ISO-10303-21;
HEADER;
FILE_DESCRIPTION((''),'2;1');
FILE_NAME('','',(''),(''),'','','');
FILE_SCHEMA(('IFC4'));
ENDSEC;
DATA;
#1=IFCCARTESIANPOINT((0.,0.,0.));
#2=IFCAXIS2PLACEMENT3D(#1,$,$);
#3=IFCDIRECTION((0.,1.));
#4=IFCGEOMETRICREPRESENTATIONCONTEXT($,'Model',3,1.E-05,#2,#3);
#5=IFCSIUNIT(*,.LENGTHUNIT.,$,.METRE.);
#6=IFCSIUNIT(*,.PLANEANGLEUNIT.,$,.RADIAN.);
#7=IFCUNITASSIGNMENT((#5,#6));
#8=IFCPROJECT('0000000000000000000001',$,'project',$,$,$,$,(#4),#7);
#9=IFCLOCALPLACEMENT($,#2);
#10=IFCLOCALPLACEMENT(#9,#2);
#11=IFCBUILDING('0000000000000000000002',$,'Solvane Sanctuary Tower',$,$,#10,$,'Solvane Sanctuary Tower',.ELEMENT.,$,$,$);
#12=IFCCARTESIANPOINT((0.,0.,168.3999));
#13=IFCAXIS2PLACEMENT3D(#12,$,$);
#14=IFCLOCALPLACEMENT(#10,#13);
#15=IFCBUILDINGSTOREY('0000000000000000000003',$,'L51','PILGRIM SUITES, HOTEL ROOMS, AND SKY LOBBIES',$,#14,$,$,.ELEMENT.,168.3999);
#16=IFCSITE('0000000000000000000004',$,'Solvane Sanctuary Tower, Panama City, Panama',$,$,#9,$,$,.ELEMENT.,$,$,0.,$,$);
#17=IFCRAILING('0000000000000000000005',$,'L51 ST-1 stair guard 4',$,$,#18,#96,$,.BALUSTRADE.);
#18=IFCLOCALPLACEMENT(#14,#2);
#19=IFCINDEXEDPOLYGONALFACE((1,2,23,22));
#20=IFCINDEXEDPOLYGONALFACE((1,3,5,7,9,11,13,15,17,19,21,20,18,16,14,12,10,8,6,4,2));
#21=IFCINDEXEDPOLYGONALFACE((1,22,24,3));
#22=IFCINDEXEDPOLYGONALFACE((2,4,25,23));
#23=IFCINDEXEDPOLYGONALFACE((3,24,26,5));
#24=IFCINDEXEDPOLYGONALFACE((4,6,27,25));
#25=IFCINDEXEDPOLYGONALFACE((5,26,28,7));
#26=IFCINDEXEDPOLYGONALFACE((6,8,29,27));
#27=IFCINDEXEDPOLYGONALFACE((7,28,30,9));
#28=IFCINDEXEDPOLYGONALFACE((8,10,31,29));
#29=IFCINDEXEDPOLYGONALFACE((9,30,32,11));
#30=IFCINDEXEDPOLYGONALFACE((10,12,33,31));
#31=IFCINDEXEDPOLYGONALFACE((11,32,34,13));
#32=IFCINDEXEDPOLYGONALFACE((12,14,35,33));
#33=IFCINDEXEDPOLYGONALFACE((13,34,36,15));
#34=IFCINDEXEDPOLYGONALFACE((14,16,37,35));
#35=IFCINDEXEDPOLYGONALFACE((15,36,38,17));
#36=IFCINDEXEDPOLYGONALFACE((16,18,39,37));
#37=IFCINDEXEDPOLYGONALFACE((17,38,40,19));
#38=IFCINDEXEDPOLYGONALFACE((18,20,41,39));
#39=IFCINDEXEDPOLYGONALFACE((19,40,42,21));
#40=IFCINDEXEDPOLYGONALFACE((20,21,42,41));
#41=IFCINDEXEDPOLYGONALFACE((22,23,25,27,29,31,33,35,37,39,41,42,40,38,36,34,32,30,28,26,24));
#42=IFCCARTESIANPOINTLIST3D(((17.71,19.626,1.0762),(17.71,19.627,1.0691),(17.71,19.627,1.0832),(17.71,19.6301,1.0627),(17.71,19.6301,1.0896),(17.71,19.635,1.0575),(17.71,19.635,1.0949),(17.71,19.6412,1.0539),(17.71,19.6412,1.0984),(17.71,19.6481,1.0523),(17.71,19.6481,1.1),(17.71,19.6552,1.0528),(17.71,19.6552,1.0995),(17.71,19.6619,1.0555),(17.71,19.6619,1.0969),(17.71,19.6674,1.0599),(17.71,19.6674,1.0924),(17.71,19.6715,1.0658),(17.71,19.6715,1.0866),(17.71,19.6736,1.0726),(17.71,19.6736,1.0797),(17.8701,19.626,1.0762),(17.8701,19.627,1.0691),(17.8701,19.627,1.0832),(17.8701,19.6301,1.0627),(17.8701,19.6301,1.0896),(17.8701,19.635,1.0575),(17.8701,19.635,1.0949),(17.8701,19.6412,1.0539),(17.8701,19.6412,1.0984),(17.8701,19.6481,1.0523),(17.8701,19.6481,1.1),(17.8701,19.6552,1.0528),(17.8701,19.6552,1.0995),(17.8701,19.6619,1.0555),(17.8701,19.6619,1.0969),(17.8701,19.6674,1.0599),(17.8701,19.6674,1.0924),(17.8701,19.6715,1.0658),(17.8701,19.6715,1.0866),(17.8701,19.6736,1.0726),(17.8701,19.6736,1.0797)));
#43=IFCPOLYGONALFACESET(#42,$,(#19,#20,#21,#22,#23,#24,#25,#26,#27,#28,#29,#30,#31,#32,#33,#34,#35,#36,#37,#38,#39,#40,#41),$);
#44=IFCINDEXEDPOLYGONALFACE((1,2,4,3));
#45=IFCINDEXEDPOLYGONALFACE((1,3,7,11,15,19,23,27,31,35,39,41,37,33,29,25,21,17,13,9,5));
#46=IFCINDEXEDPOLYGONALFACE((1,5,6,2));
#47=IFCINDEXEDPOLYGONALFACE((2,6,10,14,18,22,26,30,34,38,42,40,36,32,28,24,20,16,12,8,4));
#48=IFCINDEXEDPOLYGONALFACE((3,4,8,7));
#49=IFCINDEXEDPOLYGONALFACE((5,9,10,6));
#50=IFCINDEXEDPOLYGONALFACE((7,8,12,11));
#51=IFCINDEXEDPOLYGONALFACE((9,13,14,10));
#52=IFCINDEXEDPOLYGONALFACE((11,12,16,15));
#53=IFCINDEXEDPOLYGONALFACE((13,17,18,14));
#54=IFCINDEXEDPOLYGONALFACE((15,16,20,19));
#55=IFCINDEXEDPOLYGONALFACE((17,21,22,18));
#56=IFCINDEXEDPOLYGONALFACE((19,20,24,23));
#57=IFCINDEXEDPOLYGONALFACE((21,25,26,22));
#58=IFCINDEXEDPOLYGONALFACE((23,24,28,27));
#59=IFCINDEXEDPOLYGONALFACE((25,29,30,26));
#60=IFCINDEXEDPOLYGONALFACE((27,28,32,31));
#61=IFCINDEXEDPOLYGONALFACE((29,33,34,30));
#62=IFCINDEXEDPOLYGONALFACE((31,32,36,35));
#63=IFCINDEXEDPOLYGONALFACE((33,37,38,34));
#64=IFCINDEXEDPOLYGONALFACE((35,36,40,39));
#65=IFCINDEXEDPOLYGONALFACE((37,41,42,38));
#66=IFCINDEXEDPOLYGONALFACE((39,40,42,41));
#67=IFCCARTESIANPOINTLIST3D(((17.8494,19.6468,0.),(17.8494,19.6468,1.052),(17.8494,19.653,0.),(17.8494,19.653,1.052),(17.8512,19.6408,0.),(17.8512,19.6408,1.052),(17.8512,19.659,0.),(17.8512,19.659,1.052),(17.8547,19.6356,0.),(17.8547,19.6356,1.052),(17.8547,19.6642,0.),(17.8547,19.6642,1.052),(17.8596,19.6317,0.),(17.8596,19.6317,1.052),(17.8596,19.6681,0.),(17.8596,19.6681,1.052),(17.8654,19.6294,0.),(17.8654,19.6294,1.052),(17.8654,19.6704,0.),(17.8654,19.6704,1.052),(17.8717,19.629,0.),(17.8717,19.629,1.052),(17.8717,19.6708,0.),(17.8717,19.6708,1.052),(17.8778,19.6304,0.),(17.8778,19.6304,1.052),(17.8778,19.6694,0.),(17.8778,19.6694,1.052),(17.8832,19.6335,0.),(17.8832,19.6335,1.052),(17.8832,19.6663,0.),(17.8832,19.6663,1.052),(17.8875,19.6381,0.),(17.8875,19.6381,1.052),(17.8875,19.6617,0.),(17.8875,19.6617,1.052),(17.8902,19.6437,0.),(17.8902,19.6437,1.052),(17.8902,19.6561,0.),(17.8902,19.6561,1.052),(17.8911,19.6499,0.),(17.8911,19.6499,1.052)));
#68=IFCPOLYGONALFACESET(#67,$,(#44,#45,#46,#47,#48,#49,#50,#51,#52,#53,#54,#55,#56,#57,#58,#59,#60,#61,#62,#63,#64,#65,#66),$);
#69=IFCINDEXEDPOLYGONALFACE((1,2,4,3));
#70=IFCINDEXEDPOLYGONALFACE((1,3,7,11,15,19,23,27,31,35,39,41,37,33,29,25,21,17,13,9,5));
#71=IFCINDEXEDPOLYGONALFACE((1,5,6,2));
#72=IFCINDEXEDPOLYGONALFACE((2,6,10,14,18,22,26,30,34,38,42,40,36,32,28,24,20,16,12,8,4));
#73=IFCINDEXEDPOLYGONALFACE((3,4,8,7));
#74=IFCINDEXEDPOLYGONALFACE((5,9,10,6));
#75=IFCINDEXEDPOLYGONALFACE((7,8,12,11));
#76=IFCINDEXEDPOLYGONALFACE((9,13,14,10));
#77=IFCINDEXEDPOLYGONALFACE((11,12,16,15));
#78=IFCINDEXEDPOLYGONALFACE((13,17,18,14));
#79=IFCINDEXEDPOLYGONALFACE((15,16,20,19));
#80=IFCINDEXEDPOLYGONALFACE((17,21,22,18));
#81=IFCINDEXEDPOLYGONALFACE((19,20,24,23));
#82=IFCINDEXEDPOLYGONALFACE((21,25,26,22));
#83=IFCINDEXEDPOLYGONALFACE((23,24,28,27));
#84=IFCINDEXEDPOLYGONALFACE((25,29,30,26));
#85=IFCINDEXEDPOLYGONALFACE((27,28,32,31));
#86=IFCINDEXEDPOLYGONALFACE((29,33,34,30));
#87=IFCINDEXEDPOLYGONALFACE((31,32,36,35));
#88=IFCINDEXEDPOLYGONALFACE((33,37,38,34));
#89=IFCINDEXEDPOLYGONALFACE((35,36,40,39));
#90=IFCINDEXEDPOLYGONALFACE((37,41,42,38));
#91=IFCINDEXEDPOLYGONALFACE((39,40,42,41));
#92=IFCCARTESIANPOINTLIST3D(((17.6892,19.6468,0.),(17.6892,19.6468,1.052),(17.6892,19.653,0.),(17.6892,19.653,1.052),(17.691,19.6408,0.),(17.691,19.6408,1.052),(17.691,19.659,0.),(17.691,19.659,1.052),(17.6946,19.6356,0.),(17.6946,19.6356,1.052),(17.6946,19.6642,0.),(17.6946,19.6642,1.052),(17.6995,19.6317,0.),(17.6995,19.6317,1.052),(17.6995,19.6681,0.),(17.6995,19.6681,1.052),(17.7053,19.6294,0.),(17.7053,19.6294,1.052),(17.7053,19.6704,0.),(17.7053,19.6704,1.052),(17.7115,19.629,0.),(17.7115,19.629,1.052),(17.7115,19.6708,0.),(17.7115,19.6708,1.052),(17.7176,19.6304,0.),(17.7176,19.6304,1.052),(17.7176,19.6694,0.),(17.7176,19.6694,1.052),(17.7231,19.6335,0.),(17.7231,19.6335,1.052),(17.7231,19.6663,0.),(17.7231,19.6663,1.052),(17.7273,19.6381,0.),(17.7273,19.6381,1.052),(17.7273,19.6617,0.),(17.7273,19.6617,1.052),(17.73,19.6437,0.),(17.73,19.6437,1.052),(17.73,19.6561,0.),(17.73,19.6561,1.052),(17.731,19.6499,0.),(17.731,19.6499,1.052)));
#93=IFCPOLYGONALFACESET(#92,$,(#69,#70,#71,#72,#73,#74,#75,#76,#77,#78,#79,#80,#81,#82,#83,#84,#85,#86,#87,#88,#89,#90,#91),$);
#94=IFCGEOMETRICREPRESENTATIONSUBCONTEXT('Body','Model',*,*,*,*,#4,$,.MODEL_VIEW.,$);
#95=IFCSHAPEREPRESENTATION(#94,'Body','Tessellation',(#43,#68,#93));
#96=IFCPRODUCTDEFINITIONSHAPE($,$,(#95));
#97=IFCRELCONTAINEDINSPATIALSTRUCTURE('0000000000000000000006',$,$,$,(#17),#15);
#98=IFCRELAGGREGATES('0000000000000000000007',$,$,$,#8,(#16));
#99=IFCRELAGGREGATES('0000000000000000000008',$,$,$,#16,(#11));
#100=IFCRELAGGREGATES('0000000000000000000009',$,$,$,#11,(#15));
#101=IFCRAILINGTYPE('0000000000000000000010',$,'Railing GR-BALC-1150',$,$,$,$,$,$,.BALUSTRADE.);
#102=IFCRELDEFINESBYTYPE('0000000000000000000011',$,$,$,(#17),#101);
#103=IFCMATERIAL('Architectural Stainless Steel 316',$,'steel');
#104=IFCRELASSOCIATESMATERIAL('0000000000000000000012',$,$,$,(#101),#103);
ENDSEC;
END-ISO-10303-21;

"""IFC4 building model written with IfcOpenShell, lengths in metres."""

from ifc_helpers import new_model, si_unit, direction, frame, origin, origin_2d, place, context, subcontext, project, spatial, circle, extrude, material, type_object, element, save


model = new_model("IFC4")

# Units and contexts
model_context = context("Model", 3, precision=1e-05, world=origin(), true_north=direction((0.0, 1.0)))
body_context = subcontext(model_context, "Body", "Model", "MODEL_VIEW")
ifc_project = project(units=[si_unit("LENGTHUNIT", "METRE"), si_unit("PLANEANGLEUNIT", "RADIAN")], contexts=[model_context])

# Site, building, storey
site_placement = place(None, origin())
site = spatial("IfcSite", under=ifc_project, at=site_placement, Name="Solvane Sanctuary Tower, Panama City, Panama", CompositionType="ELEMENT", RefElevation=0.0)
building_placement = place(site_placement, origin())
building = spatial("IfcBuilding", under=site, at=building_placement, Name="Solvane Sanctuary Tower", LongName="Solvane Sanctuary Tower", CompositionType="ELEMENT")
storey_placement = place(building_placement, frame((0.0, 0.0, 168.3999)))
storey = spatial("IfcBuildingStorey", under=building, at=storey_placement, Name="L51", Description="PILGRIM SUITES, HOTEL ROOMS, AND SKY LOBBIES", CompositionType="ELEMENT", Elevation=168.3999)

# Shared definitions
ifc_material_1 = material(Name="Architectural Stainless Steel 316", Category="steel")

# Railing
railing_type_1 = type_object("IfcRailingType", Name="Railing GR-BALC-1150", PredefinedType="BALUSTRADE", material=ifc_material_1)
railing_1_placement = place(storey_placement, frame((17.8701, 19.6499, 0.0)))
element("IfcRailing", 1, at=railing_1_placement, inside=storey, type_object=railing_type_1, Name="L51 ST-1 stair guard 4", PredefinedType="BALUSTRADE", context=body_context, shape_type="SweptSolid", body=[
    extrude(circle(Radius=0.0239, at=origin_2d()), frame((0.0, 0.0, 1.0762), z_axis=(-1.0, 0.0, 0.0), x_axis=(0.0, -1.0, 0.0)), (0.0, 0.0, 1.0), 0.1602),
    extrude(circle(Radius=0.021, at=origin_2d()), origin(), (0.0, 0.0, 1.0), 1.052),
    extrude(circle(Radius=0.021, at=origin_2d()), frame((-0.1602, 0.0, 0.0)), (0.0, 0.0, 1.0), 1.052),
])

save(model, "model.ifc")
